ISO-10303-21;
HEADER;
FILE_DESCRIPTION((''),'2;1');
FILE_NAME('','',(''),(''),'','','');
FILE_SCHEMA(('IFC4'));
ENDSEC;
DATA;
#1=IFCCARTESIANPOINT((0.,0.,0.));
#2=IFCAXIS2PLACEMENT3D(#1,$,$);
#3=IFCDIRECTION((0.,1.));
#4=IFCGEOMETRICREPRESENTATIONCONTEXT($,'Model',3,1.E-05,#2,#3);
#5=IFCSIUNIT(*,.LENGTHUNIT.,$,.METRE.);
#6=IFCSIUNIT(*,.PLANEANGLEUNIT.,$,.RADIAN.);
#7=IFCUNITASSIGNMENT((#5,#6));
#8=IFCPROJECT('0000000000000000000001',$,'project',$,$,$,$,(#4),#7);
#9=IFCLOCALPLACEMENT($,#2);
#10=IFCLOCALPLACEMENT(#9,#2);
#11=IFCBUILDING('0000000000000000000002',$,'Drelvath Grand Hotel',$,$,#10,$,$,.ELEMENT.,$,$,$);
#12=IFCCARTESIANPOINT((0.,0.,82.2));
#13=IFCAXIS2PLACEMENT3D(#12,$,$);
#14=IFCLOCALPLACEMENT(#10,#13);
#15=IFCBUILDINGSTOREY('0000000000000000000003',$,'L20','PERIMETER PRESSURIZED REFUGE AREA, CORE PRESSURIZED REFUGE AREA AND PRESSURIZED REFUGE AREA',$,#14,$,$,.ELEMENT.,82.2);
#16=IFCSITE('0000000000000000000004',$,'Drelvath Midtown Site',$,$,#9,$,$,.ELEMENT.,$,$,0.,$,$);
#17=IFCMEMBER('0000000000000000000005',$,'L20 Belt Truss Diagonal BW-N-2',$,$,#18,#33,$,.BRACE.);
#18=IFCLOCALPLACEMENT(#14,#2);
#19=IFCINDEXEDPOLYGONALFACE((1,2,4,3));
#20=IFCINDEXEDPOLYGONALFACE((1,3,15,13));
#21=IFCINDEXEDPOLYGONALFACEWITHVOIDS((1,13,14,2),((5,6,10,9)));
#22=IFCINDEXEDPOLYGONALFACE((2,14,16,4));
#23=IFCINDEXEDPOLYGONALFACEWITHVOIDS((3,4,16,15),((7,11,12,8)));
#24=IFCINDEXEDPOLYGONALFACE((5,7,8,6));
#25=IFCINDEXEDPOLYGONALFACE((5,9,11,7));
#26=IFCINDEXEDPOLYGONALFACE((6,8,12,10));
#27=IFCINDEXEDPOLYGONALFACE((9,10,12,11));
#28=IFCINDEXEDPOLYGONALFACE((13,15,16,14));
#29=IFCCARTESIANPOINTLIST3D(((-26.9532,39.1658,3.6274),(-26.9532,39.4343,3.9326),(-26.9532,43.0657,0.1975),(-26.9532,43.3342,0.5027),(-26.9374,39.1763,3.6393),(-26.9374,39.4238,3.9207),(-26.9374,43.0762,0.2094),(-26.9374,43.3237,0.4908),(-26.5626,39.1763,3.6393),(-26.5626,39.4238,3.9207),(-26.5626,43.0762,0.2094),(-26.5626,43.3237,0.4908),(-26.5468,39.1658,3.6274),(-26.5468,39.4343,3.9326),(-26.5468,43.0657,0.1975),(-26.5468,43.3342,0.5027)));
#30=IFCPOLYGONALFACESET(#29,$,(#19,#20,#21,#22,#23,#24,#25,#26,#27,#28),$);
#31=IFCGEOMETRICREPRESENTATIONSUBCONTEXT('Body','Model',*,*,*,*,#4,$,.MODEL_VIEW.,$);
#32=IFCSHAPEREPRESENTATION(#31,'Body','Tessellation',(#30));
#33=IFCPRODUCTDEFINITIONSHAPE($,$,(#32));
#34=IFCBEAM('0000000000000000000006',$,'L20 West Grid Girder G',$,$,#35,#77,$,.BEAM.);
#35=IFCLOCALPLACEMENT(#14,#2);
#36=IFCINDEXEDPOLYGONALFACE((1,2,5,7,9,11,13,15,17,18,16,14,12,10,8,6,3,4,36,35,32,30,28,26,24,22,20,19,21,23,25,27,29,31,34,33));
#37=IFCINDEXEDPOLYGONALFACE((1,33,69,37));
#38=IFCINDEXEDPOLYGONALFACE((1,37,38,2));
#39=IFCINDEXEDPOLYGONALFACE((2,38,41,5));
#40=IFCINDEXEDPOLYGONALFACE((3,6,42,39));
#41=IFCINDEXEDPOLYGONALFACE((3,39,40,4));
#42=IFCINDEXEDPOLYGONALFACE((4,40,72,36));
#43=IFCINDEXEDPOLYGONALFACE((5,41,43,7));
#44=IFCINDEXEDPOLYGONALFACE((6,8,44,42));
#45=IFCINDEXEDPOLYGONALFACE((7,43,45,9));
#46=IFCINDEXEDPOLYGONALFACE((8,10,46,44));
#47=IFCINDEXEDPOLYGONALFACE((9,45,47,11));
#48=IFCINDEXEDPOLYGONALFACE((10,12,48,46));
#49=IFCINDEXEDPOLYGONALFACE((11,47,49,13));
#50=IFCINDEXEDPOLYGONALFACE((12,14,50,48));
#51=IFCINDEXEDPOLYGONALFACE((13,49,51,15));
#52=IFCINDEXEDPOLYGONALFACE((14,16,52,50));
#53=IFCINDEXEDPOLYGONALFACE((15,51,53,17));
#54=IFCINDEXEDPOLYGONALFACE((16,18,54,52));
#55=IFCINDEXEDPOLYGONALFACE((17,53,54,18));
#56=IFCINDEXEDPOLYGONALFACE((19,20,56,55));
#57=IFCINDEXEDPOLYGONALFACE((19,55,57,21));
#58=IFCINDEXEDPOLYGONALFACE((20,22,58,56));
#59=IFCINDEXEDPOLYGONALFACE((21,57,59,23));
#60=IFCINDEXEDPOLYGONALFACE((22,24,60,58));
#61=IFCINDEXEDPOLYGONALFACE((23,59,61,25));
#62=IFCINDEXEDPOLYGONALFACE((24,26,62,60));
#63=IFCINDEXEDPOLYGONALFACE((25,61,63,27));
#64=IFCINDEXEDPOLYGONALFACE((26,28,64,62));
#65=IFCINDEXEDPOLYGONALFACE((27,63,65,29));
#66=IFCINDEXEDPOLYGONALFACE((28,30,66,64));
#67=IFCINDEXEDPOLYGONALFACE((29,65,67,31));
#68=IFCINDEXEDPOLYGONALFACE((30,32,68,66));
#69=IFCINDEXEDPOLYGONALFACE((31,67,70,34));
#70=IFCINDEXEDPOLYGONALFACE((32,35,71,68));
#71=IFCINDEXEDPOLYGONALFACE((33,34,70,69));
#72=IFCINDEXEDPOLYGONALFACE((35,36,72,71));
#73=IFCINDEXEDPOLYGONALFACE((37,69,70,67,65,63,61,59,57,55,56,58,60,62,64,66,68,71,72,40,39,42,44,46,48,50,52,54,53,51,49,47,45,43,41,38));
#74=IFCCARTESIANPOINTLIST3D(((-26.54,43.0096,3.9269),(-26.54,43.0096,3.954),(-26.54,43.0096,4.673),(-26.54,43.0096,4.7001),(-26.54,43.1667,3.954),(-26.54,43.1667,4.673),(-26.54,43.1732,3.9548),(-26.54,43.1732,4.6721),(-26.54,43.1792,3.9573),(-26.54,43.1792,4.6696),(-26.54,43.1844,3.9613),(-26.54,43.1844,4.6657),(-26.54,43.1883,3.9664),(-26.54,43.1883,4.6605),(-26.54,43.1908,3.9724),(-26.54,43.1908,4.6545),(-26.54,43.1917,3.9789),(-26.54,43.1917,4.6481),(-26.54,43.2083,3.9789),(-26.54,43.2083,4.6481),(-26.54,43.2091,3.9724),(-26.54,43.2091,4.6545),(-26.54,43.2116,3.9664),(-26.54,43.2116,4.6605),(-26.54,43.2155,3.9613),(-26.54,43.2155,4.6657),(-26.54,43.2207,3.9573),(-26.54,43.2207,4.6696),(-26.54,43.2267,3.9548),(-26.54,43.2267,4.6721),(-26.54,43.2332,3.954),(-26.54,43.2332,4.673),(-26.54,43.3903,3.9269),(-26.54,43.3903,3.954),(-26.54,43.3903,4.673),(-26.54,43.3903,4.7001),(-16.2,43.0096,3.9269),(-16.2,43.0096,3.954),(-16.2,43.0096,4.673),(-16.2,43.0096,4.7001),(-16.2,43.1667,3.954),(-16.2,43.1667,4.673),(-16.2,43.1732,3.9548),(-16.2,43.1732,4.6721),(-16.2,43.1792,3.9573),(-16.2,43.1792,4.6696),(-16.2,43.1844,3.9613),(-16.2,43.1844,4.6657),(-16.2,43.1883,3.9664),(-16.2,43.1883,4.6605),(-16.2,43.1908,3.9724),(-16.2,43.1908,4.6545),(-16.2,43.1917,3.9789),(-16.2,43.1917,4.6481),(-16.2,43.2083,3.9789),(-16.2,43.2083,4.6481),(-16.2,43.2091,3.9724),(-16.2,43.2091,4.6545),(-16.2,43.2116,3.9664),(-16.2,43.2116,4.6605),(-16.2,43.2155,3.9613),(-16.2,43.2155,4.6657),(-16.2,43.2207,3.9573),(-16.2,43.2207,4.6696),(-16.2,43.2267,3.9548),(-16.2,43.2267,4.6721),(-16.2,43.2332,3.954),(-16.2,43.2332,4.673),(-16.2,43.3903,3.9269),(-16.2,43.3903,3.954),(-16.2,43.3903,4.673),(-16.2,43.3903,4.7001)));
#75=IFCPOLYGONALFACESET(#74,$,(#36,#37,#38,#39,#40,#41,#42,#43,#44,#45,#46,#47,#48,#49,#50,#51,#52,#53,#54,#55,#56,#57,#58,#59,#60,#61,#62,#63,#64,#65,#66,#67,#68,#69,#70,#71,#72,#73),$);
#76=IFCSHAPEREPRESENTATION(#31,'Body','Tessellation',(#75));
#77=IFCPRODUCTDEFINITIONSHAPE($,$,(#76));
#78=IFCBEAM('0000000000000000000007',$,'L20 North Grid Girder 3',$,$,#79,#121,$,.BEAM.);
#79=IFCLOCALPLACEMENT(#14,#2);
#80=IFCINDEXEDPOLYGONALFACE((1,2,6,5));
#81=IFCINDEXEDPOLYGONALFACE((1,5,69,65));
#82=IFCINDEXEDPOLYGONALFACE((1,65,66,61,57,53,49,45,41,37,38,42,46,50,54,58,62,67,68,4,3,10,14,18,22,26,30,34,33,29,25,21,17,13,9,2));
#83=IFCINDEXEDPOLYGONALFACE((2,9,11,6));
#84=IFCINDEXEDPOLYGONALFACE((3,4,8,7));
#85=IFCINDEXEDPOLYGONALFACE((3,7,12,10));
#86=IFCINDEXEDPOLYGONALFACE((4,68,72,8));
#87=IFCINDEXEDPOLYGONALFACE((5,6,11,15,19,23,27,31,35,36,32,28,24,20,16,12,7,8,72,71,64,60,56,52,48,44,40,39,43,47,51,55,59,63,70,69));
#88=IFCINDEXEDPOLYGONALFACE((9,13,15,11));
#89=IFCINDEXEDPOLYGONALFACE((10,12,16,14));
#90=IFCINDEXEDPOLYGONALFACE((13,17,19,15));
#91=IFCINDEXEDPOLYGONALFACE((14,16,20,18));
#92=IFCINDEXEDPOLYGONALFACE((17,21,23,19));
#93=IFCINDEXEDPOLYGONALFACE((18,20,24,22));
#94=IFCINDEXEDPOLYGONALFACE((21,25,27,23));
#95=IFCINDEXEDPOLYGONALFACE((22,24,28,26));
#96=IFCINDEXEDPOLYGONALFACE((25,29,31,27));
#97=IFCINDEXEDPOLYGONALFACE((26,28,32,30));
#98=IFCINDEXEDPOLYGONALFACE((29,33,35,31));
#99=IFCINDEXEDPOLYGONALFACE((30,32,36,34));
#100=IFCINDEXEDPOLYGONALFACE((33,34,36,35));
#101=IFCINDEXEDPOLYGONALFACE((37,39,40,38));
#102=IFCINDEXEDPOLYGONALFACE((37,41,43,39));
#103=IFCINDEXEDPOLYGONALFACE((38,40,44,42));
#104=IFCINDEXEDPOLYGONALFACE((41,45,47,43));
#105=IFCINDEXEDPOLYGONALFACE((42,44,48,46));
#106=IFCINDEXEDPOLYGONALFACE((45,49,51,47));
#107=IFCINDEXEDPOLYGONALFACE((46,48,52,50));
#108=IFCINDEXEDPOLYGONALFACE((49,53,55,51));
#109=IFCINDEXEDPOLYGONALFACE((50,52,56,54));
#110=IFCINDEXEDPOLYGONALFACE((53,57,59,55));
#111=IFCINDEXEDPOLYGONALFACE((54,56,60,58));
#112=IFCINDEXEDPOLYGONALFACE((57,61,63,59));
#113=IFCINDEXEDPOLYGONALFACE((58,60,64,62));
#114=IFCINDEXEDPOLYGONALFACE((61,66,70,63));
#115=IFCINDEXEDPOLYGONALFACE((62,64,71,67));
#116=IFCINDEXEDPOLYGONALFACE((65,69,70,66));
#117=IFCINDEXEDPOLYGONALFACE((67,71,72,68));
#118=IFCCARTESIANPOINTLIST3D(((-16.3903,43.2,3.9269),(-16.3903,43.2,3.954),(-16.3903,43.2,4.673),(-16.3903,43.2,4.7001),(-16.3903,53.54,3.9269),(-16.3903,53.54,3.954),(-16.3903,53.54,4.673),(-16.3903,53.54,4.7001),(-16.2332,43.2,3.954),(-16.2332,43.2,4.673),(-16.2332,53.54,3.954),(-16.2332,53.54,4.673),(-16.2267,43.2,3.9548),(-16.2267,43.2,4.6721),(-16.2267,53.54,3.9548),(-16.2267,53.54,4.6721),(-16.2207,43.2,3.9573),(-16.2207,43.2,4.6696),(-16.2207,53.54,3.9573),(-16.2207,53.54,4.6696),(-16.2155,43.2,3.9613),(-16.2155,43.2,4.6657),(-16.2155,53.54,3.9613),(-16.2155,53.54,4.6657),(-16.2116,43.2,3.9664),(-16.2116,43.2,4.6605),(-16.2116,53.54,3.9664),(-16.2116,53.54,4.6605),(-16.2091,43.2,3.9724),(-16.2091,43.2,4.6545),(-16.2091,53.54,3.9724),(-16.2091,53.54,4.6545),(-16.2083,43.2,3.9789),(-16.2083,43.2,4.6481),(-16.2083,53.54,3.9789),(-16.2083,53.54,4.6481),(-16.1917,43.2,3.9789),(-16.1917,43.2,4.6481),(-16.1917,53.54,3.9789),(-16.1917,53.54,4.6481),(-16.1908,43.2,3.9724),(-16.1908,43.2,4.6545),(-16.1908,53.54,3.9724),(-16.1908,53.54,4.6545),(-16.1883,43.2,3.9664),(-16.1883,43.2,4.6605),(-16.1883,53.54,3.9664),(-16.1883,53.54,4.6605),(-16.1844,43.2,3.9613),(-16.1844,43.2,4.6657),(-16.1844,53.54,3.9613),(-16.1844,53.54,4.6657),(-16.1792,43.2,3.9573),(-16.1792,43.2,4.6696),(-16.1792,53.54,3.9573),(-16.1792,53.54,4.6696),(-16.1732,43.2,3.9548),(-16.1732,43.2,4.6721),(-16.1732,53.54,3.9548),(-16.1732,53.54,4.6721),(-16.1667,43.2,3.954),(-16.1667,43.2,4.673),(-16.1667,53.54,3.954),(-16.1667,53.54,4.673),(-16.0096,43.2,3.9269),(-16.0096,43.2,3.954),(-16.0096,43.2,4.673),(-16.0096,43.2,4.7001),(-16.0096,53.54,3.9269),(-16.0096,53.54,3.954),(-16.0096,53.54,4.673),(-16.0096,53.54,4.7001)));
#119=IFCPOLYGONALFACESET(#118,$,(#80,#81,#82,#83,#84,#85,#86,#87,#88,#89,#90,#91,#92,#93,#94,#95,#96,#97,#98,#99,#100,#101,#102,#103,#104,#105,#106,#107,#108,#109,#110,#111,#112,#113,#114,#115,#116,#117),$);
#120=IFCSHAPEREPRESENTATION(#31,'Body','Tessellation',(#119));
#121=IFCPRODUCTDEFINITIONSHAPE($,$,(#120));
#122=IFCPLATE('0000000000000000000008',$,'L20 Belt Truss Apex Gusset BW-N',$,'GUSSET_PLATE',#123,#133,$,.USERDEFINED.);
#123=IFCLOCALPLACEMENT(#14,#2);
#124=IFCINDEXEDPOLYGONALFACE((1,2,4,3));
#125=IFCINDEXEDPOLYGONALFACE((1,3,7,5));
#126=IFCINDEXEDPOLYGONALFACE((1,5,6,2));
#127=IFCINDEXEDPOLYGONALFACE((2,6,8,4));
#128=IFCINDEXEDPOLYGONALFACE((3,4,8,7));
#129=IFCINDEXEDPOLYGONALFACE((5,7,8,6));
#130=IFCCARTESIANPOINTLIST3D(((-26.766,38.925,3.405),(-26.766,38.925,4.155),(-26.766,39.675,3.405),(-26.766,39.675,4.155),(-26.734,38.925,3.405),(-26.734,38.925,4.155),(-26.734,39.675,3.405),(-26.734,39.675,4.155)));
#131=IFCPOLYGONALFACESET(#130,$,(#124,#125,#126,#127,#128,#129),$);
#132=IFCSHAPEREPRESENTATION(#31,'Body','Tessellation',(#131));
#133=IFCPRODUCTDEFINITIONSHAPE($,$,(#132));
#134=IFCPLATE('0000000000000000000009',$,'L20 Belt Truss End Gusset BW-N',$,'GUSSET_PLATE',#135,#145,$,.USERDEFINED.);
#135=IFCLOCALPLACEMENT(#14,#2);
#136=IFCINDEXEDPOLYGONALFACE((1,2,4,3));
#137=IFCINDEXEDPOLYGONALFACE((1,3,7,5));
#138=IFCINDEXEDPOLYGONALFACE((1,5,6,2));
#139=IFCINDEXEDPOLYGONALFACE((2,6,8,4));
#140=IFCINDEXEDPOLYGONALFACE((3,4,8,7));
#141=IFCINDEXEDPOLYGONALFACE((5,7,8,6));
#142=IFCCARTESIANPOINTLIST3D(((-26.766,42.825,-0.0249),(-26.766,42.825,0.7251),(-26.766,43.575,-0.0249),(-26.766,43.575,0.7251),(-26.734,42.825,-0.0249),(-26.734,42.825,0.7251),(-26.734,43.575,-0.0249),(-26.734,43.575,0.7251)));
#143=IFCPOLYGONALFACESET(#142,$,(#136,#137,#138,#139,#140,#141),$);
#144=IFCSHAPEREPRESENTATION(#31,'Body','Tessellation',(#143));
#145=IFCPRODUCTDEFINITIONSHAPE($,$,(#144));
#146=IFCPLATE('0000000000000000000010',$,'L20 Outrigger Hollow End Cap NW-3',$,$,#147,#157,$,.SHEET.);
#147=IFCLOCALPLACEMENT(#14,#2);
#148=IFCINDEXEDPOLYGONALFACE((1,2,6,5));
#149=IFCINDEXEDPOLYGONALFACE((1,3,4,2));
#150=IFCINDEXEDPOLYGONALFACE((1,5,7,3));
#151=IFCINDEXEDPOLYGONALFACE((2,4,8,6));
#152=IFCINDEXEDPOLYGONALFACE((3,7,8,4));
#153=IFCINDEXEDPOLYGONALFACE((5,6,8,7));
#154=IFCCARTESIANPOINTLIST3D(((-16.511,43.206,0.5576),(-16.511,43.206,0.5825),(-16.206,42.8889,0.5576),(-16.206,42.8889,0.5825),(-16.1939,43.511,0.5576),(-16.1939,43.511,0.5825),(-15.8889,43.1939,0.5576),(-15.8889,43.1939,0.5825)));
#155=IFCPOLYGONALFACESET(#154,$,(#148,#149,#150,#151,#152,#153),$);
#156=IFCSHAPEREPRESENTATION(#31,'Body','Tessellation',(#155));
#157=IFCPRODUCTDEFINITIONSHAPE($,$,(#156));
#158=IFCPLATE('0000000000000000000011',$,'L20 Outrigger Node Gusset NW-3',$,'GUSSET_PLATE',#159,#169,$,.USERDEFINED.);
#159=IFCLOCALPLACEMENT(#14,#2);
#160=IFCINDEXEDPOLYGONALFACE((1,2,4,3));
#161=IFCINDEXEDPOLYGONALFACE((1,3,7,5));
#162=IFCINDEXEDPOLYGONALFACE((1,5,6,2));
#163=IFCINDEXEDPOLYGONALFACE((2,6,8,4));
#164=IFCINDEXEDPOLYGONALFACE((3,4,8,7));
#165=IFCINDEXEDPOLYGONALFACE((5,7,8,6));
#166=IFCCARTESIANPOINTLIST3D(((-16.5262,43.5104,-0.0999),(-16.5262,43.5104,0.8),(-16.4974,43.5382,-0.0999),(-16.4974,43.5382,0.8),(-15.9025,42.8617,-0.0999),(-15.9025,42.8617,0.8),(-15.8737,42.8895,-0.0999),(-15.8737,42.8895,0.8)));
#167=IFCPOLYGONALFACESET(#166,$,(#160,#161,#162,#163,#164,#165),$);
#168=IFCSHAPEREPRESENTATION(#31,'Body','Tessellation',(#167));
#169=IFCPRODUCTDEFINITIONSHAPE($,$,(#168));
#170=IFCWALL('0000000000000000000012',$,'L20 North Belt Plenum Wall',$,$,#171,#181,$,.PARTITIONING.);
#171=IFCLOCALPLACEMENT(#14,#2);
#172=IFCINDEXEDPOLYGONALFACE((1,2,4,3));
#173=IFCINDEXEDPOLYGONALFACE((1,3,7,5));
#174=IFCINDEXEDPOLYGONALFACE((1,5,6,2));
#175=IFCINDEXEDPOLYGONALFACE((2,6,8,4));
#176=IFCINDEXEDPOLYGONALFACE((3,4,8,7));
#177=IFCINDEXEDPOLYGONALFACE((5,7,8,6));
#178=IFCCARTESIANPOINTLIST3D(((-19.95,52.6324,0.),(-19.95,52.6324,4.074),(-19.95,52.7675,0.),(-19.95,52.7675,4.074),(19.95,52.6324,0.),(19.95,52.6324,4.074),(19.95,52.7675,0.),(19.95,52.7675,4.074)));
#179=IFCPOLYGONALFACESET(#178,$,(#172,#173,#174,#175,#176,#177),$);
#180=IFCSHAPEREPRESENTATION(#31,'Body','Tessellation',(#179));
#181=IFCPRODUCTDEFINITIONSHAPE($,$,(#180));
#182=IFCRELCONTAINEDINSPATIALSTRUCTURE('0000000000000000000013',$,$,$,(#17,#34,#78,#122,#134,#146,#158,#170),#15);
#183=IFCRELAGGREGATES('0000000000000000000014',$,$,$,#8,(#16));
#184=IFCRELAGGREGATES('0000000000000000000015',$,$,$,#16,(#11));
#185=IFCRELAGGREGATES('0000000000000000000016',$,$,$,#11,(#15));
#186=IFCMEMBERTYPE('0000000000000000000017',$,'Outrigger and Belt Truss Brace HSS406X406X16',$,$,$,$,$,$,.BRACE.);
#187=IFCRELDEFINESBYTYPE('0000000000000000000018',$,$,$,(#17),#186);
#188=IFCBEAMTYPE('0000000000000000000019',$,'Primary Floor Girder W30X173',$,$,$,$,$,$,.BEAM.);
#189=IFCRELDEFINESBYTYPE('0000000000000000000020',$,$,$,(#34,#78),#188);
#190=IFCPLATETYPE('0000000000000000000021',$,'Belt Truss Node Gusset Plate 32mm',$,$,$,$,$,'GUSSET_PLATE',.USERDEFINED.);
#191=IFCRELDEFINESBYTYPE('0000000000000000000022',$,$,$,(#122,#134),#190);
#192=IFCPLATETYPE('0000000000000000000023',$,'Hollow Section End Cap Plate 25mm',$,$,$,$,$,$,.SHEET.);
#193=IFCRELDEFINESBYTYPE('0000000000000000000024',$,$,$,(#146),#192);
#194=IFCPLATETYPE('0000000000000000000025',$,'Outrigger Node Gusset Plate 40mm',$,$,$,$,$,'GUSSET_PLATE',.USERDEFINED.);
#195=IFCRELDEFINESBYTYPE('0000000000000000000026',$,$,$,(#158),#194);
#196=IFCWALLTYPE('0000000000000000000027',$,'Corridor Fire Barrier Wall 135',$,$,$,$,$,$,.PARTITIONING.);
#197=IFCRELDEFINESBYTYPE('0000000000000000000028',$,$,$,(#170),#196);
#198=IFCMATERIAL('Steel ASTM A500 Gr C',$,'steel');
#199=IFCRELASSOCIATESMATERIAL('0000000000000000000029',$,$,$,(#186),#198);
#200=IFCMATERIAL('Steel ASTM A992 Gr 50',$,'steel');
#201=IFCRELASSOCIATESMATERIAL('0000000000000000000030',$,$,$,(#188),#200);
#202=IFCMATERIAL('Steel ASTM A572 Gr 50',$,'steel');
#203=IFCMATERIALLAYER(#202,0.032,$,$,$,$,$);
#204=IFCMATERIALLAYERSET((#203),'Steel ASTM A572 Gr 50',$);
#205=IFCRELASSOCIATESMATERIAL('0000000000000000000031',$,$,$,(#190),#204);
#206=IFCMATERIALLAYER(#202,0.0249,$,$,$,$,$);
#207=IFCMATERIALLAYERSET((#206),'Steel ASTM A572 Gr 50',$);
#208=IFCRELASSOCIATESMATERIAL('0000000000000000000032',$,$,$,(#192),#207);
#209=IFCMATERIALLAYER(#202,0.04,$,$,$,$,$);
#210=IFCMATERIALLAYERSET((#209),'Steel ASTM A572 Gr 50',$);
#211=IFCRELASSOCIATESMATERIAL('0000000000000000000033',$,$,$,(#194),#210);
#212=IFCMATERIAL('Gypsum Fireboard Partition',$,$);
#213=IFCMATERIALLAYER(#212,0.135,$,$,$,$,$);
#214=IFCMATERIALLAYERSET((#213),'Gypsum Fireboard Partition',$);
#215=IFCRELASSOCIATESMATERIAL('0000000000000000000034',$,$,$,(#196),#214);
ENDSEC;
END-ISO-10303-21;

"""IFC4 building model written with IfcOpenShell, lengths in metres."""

from ifc_helpers import new_model, si_unit, direction, frame, frame_2d, origin, origin_2d, place, context, subcontext, project, spatial, rectangle, hollow_rectangle, i_section, extrude, material, layer, layer_set, material_profile, profile_set, type_object, element, save


model = new_model("IFC4")

# Units and contexts
model_context = context("Model", 3, precision=1e-05, world=origin(), true_north=direction((0.0, 1.0)))
body_context = subcontext(model_context, "Body", "Model", "MODEL_VIEW")
ifc_project = project(units=[si_unit("LENGTHUNIT", "METRE"), si_unit("PLANEANGLEUNIT", "RADIAN")], contexts=[model_context])

# Site, building, storey
site_placement = place(None, origin())
site = spatial("IfcSite", under=ifc_project, at=site_placement, Name="Drelvath Midtown Site", CompositionType="ELEMENT", RefElevation=0.0)
building_placement = place(site_placement, origin())
building = spatial("IfcBuilding", under=site, at=building_placement, Name="Drelvath Grand Hotel", CompositionType="ELEMENT")
storey_placement = place(building_placement, frame((0.0, 0.0, 82.2)))
storey = spatial("IfcBuildingStorey", under=building, at=storey_placement, Name="L20", Description="PERIMETER PRESSURIZED REFUGE AREA, CORE PRESSURIZED REFUGE AREA AND PRESSURIZED REFUGE AREA", CompositionType="ELEMENT", Elevation=82.2)

# Shared definitions
ifc_material_1 = material(Name="Steel ASTM A572 Gr 50", Category="steel")
ifc_material_2 = material(Name="Steel ASTM A992 Gr 50", Category="steel")

# Member
ifc_material_3 = material(Name="Steel ASTM A500 Gr C", Category="steel")
ifc_material_profile_1 = material_profile(ifc_material_3, hollow_rectangle(XDim=0.4065, YDim=0.4065, WallThickness=0.0159, at=origin_2d()), Name="HSS406X406X16")
ifc_profile_set_1 = profile_set([ifc_material_profile_1], Name="Steel ASTM A500 Gr C")
member_type = type_object("IfcMemberType", Name="Outrigger and Belt Truss Brace HSS406X406X16", PredefinedType="BRACE", material=ifc_profile_set_1)
member_placement = place(storey_placement, frame((-26.75, 39.3, 3.78), z_axis=(0.0, 0.750903, -0.660413), x_axis=(-1.0, 0.0, 0.0)))
element("IfcMember", 1, at=member_placement, inside=storey, type_object=member_type, Name="L20 Belt Truss Diagonal BW-N-2", PredefinedType="BRACE", context=body_context, shape_type="SweptSolid", body=[
    extrude(hollow_rectangle(XDim=0.4065, YDim=0.4065, WallThickness=0.0159, at=origin_2d()), origin(), (0.0, 0.0, 1.0), 5.1936),
])

# Beams
ifc_material_profile_2 = material_profile(ifc_material_2, i_section(OverallWidth=0.3806, OverallDepth=0.7732, WebThickness=0.0166, FlangeThickness=0.0271, FilletRadius=0.0249, at=origin_2d()), Name="W30X173")
ifc_profile_set_2 = profile_set([ifc_material_profile_2], Name="Steel ASTM A992 Gr 50")
beam_type_1 = type_object("IfcBeamType", Name="Primary Floor Girder W30X173", PredefinedType="BEAM", material=ifc_profile_set_2)
for number, where, z_axis, x_axis, name in (
    (2, (-26.54, 43.2, 4.3135), (1.0, 0.0, 0.0), (0.0, 1.0, 0.0), "L20 West Grid Girder G"),
    (3, (-16.2, 43.2, 4.3135), (0.0, 1.0, 0.0), (-1.0, 0.0, 0.0), "L20 North Grid Girder 3"),
):
    element("IfcBeam", number, at=place(storey_placement, frame(where, z_axis=z_axis, x_axis=x_axis)), inside=storey, type_object=beam_type_1, Name=name, PredefinedType="BEAM", context=body_context, shape_type="SweptSolid", body=[
        extrude(i_section(OverallWidth=0.3806, OverallDepth=0.7732, WebThickness=0.0166, FlangeThickness=0.0271, FilletRadius=0.0249, at=origin_2d()), origin(), (0.0, 0.0, 1.0), 10.3401),
    ])

# Plates
ifc_layer_1 = layer(ifc_material_1, 0.032)
ifc_layer_set_1 = layer_set([ifc_layer_1], Name="Steel ASTM A572 Gr 50")
plate_type_1 = type_object("IfcPlateType", Name="Belt Truss Node Gusset Plate 32mm", ElementType="GUSSET_PLATE", PredefinedType="USERDEFINED", material=ifc_layer_set_1)
for number, where, z_axis, x_axis, name in (
    (4, (-26.75, 39.3, 3.405), (0.0, 0.0, 1.0), (0.0, 1.0, 0.0), "L20 Belt Truss Apex Gusset BW-N"),
    (5, (-26.75, 43.2, -0.0249), (0.0, 0.0, 1.0), (0.0, 1.0, 0.0), "L20 Belt Truss End Gusset BW-N"),
):
    element("IfcPlate", number, at=place(storey_placement, frame(where, z_axis=z_axis, x_axis=x_axis)), inside=storey, type_object=plate_type_1, Name=name, ObjectType="GUSSET_PLATE", PredefinedType="USERDEFINED", context=body_context, shape_type="SweptSolid", body=[
        extrude(rectangle(XDim=0.75, YDim=0.032, at=origin_2d()), origin(), (0.0, 0.0, 1.0), 0.75),
    ])
ifc_layer_2 = layer(ifc_material_1, 0.0249)
ifc_layer_set_2 = layer_set([ifc_layer_2], Name="Steel ASTM A572 Gr 50")
plate_type_2 = type_object("IfcPlateType", Name="Hollow Section End Cap Plate 25mm", PredefinedType="SHEET", material=ifc_layer_set_2)
plate_1_placement = place(storey_placement, frame((-16.2, 43.2, 0.5576), z_axis=(0.0, 0.0, 1.0), x_axis=(-0.693109, 0.720833, 0.0)))
element("IfcPlate", 6, at=plate_1_placement, inside=storey, type_object=plate_type_2, Name="L20 Outrigger Hollow End Cap NW-3", PredefinedType="SHEET", context=body_context, shape_type="SweptSolid", body=[
    extrude(rectangle(XDim=0.4399, YDim=0.4399, at=origin_2d()), origin(), (0.0, 0.0, 1.0), 0.0249),
])
ifc_layer_3 = layer(ifc_material_1, 0.04)
ifc_layer_set_3 = layer_set([ifc_layer_3], Name="Steel ASTM A572 Gr 50")
plate_type_3 = type_object("IfcPlateType", Name="Outrigger Node Gusset Plate 40mm", ElementType="GUSSET_PLATE", PredefinedType="USERDEFINED", material=ifc_layer_set_3)
plate_2_placement = place(storey_placement, frame((-16.2, 43.2, -0.0999), z_axis=(0.0, 0.0, 1.0), x_axis=(-0.693109, 0.720833, 0.0)))
element("IfcPlate", 7, at=plate_2_placement, inside=storey, type_object=plate_type_3, Name="L20 Outrigger Node Gusset NW-3", ObjectType="GUSSET_PLATE", PredefinedType="USERDEFINED", context=body_context, shape_type="SweptSolid", body=[
    extrude(rectangle(XDim=0.8999, YDim=0.04, at=origin_2d()), origin(), (0.0, 0.0, 1.0), 0.8999),
])

# Wall
ifc_material_4 = material(Name="Gypsum Fireboard Partition")
ifc_layer_4 = layer(ifc_material_4, 0.135)
ifc_layer_set_4 = layer_set([ifc_layer_4], Name="Gypsum Fireboard Partition")
wall_type_1 = type_object("IfcWallType", Name="Corridor Fire Barrier Wall 135", PredefinedType="PARTITIONING", material=ifc_layer_set_4)
wall_1_placement = place(storey_placement, frame((-19.95, 52.7, 0.0), z_axis=(0.0, 0.0, 1.0), x_axis=(1.0, 0.0, 0.0)))
element("IfcWall", 8, at=wall_1_placement, inside=storey, type_object=wall_type_1, Name="L20 North Belt Plenum Wall", PredefinedType="PARTITIONING", context=body_context, shape_type="SweptSolid", body=[
    extrude(rectangle(XDim=39.8999, YDim=0.135, at=frame_2d((19.95, 0.0))), origin(), (0.0, 0.0, 1.0), 4.074),
])

save(model, "model.ifc")
